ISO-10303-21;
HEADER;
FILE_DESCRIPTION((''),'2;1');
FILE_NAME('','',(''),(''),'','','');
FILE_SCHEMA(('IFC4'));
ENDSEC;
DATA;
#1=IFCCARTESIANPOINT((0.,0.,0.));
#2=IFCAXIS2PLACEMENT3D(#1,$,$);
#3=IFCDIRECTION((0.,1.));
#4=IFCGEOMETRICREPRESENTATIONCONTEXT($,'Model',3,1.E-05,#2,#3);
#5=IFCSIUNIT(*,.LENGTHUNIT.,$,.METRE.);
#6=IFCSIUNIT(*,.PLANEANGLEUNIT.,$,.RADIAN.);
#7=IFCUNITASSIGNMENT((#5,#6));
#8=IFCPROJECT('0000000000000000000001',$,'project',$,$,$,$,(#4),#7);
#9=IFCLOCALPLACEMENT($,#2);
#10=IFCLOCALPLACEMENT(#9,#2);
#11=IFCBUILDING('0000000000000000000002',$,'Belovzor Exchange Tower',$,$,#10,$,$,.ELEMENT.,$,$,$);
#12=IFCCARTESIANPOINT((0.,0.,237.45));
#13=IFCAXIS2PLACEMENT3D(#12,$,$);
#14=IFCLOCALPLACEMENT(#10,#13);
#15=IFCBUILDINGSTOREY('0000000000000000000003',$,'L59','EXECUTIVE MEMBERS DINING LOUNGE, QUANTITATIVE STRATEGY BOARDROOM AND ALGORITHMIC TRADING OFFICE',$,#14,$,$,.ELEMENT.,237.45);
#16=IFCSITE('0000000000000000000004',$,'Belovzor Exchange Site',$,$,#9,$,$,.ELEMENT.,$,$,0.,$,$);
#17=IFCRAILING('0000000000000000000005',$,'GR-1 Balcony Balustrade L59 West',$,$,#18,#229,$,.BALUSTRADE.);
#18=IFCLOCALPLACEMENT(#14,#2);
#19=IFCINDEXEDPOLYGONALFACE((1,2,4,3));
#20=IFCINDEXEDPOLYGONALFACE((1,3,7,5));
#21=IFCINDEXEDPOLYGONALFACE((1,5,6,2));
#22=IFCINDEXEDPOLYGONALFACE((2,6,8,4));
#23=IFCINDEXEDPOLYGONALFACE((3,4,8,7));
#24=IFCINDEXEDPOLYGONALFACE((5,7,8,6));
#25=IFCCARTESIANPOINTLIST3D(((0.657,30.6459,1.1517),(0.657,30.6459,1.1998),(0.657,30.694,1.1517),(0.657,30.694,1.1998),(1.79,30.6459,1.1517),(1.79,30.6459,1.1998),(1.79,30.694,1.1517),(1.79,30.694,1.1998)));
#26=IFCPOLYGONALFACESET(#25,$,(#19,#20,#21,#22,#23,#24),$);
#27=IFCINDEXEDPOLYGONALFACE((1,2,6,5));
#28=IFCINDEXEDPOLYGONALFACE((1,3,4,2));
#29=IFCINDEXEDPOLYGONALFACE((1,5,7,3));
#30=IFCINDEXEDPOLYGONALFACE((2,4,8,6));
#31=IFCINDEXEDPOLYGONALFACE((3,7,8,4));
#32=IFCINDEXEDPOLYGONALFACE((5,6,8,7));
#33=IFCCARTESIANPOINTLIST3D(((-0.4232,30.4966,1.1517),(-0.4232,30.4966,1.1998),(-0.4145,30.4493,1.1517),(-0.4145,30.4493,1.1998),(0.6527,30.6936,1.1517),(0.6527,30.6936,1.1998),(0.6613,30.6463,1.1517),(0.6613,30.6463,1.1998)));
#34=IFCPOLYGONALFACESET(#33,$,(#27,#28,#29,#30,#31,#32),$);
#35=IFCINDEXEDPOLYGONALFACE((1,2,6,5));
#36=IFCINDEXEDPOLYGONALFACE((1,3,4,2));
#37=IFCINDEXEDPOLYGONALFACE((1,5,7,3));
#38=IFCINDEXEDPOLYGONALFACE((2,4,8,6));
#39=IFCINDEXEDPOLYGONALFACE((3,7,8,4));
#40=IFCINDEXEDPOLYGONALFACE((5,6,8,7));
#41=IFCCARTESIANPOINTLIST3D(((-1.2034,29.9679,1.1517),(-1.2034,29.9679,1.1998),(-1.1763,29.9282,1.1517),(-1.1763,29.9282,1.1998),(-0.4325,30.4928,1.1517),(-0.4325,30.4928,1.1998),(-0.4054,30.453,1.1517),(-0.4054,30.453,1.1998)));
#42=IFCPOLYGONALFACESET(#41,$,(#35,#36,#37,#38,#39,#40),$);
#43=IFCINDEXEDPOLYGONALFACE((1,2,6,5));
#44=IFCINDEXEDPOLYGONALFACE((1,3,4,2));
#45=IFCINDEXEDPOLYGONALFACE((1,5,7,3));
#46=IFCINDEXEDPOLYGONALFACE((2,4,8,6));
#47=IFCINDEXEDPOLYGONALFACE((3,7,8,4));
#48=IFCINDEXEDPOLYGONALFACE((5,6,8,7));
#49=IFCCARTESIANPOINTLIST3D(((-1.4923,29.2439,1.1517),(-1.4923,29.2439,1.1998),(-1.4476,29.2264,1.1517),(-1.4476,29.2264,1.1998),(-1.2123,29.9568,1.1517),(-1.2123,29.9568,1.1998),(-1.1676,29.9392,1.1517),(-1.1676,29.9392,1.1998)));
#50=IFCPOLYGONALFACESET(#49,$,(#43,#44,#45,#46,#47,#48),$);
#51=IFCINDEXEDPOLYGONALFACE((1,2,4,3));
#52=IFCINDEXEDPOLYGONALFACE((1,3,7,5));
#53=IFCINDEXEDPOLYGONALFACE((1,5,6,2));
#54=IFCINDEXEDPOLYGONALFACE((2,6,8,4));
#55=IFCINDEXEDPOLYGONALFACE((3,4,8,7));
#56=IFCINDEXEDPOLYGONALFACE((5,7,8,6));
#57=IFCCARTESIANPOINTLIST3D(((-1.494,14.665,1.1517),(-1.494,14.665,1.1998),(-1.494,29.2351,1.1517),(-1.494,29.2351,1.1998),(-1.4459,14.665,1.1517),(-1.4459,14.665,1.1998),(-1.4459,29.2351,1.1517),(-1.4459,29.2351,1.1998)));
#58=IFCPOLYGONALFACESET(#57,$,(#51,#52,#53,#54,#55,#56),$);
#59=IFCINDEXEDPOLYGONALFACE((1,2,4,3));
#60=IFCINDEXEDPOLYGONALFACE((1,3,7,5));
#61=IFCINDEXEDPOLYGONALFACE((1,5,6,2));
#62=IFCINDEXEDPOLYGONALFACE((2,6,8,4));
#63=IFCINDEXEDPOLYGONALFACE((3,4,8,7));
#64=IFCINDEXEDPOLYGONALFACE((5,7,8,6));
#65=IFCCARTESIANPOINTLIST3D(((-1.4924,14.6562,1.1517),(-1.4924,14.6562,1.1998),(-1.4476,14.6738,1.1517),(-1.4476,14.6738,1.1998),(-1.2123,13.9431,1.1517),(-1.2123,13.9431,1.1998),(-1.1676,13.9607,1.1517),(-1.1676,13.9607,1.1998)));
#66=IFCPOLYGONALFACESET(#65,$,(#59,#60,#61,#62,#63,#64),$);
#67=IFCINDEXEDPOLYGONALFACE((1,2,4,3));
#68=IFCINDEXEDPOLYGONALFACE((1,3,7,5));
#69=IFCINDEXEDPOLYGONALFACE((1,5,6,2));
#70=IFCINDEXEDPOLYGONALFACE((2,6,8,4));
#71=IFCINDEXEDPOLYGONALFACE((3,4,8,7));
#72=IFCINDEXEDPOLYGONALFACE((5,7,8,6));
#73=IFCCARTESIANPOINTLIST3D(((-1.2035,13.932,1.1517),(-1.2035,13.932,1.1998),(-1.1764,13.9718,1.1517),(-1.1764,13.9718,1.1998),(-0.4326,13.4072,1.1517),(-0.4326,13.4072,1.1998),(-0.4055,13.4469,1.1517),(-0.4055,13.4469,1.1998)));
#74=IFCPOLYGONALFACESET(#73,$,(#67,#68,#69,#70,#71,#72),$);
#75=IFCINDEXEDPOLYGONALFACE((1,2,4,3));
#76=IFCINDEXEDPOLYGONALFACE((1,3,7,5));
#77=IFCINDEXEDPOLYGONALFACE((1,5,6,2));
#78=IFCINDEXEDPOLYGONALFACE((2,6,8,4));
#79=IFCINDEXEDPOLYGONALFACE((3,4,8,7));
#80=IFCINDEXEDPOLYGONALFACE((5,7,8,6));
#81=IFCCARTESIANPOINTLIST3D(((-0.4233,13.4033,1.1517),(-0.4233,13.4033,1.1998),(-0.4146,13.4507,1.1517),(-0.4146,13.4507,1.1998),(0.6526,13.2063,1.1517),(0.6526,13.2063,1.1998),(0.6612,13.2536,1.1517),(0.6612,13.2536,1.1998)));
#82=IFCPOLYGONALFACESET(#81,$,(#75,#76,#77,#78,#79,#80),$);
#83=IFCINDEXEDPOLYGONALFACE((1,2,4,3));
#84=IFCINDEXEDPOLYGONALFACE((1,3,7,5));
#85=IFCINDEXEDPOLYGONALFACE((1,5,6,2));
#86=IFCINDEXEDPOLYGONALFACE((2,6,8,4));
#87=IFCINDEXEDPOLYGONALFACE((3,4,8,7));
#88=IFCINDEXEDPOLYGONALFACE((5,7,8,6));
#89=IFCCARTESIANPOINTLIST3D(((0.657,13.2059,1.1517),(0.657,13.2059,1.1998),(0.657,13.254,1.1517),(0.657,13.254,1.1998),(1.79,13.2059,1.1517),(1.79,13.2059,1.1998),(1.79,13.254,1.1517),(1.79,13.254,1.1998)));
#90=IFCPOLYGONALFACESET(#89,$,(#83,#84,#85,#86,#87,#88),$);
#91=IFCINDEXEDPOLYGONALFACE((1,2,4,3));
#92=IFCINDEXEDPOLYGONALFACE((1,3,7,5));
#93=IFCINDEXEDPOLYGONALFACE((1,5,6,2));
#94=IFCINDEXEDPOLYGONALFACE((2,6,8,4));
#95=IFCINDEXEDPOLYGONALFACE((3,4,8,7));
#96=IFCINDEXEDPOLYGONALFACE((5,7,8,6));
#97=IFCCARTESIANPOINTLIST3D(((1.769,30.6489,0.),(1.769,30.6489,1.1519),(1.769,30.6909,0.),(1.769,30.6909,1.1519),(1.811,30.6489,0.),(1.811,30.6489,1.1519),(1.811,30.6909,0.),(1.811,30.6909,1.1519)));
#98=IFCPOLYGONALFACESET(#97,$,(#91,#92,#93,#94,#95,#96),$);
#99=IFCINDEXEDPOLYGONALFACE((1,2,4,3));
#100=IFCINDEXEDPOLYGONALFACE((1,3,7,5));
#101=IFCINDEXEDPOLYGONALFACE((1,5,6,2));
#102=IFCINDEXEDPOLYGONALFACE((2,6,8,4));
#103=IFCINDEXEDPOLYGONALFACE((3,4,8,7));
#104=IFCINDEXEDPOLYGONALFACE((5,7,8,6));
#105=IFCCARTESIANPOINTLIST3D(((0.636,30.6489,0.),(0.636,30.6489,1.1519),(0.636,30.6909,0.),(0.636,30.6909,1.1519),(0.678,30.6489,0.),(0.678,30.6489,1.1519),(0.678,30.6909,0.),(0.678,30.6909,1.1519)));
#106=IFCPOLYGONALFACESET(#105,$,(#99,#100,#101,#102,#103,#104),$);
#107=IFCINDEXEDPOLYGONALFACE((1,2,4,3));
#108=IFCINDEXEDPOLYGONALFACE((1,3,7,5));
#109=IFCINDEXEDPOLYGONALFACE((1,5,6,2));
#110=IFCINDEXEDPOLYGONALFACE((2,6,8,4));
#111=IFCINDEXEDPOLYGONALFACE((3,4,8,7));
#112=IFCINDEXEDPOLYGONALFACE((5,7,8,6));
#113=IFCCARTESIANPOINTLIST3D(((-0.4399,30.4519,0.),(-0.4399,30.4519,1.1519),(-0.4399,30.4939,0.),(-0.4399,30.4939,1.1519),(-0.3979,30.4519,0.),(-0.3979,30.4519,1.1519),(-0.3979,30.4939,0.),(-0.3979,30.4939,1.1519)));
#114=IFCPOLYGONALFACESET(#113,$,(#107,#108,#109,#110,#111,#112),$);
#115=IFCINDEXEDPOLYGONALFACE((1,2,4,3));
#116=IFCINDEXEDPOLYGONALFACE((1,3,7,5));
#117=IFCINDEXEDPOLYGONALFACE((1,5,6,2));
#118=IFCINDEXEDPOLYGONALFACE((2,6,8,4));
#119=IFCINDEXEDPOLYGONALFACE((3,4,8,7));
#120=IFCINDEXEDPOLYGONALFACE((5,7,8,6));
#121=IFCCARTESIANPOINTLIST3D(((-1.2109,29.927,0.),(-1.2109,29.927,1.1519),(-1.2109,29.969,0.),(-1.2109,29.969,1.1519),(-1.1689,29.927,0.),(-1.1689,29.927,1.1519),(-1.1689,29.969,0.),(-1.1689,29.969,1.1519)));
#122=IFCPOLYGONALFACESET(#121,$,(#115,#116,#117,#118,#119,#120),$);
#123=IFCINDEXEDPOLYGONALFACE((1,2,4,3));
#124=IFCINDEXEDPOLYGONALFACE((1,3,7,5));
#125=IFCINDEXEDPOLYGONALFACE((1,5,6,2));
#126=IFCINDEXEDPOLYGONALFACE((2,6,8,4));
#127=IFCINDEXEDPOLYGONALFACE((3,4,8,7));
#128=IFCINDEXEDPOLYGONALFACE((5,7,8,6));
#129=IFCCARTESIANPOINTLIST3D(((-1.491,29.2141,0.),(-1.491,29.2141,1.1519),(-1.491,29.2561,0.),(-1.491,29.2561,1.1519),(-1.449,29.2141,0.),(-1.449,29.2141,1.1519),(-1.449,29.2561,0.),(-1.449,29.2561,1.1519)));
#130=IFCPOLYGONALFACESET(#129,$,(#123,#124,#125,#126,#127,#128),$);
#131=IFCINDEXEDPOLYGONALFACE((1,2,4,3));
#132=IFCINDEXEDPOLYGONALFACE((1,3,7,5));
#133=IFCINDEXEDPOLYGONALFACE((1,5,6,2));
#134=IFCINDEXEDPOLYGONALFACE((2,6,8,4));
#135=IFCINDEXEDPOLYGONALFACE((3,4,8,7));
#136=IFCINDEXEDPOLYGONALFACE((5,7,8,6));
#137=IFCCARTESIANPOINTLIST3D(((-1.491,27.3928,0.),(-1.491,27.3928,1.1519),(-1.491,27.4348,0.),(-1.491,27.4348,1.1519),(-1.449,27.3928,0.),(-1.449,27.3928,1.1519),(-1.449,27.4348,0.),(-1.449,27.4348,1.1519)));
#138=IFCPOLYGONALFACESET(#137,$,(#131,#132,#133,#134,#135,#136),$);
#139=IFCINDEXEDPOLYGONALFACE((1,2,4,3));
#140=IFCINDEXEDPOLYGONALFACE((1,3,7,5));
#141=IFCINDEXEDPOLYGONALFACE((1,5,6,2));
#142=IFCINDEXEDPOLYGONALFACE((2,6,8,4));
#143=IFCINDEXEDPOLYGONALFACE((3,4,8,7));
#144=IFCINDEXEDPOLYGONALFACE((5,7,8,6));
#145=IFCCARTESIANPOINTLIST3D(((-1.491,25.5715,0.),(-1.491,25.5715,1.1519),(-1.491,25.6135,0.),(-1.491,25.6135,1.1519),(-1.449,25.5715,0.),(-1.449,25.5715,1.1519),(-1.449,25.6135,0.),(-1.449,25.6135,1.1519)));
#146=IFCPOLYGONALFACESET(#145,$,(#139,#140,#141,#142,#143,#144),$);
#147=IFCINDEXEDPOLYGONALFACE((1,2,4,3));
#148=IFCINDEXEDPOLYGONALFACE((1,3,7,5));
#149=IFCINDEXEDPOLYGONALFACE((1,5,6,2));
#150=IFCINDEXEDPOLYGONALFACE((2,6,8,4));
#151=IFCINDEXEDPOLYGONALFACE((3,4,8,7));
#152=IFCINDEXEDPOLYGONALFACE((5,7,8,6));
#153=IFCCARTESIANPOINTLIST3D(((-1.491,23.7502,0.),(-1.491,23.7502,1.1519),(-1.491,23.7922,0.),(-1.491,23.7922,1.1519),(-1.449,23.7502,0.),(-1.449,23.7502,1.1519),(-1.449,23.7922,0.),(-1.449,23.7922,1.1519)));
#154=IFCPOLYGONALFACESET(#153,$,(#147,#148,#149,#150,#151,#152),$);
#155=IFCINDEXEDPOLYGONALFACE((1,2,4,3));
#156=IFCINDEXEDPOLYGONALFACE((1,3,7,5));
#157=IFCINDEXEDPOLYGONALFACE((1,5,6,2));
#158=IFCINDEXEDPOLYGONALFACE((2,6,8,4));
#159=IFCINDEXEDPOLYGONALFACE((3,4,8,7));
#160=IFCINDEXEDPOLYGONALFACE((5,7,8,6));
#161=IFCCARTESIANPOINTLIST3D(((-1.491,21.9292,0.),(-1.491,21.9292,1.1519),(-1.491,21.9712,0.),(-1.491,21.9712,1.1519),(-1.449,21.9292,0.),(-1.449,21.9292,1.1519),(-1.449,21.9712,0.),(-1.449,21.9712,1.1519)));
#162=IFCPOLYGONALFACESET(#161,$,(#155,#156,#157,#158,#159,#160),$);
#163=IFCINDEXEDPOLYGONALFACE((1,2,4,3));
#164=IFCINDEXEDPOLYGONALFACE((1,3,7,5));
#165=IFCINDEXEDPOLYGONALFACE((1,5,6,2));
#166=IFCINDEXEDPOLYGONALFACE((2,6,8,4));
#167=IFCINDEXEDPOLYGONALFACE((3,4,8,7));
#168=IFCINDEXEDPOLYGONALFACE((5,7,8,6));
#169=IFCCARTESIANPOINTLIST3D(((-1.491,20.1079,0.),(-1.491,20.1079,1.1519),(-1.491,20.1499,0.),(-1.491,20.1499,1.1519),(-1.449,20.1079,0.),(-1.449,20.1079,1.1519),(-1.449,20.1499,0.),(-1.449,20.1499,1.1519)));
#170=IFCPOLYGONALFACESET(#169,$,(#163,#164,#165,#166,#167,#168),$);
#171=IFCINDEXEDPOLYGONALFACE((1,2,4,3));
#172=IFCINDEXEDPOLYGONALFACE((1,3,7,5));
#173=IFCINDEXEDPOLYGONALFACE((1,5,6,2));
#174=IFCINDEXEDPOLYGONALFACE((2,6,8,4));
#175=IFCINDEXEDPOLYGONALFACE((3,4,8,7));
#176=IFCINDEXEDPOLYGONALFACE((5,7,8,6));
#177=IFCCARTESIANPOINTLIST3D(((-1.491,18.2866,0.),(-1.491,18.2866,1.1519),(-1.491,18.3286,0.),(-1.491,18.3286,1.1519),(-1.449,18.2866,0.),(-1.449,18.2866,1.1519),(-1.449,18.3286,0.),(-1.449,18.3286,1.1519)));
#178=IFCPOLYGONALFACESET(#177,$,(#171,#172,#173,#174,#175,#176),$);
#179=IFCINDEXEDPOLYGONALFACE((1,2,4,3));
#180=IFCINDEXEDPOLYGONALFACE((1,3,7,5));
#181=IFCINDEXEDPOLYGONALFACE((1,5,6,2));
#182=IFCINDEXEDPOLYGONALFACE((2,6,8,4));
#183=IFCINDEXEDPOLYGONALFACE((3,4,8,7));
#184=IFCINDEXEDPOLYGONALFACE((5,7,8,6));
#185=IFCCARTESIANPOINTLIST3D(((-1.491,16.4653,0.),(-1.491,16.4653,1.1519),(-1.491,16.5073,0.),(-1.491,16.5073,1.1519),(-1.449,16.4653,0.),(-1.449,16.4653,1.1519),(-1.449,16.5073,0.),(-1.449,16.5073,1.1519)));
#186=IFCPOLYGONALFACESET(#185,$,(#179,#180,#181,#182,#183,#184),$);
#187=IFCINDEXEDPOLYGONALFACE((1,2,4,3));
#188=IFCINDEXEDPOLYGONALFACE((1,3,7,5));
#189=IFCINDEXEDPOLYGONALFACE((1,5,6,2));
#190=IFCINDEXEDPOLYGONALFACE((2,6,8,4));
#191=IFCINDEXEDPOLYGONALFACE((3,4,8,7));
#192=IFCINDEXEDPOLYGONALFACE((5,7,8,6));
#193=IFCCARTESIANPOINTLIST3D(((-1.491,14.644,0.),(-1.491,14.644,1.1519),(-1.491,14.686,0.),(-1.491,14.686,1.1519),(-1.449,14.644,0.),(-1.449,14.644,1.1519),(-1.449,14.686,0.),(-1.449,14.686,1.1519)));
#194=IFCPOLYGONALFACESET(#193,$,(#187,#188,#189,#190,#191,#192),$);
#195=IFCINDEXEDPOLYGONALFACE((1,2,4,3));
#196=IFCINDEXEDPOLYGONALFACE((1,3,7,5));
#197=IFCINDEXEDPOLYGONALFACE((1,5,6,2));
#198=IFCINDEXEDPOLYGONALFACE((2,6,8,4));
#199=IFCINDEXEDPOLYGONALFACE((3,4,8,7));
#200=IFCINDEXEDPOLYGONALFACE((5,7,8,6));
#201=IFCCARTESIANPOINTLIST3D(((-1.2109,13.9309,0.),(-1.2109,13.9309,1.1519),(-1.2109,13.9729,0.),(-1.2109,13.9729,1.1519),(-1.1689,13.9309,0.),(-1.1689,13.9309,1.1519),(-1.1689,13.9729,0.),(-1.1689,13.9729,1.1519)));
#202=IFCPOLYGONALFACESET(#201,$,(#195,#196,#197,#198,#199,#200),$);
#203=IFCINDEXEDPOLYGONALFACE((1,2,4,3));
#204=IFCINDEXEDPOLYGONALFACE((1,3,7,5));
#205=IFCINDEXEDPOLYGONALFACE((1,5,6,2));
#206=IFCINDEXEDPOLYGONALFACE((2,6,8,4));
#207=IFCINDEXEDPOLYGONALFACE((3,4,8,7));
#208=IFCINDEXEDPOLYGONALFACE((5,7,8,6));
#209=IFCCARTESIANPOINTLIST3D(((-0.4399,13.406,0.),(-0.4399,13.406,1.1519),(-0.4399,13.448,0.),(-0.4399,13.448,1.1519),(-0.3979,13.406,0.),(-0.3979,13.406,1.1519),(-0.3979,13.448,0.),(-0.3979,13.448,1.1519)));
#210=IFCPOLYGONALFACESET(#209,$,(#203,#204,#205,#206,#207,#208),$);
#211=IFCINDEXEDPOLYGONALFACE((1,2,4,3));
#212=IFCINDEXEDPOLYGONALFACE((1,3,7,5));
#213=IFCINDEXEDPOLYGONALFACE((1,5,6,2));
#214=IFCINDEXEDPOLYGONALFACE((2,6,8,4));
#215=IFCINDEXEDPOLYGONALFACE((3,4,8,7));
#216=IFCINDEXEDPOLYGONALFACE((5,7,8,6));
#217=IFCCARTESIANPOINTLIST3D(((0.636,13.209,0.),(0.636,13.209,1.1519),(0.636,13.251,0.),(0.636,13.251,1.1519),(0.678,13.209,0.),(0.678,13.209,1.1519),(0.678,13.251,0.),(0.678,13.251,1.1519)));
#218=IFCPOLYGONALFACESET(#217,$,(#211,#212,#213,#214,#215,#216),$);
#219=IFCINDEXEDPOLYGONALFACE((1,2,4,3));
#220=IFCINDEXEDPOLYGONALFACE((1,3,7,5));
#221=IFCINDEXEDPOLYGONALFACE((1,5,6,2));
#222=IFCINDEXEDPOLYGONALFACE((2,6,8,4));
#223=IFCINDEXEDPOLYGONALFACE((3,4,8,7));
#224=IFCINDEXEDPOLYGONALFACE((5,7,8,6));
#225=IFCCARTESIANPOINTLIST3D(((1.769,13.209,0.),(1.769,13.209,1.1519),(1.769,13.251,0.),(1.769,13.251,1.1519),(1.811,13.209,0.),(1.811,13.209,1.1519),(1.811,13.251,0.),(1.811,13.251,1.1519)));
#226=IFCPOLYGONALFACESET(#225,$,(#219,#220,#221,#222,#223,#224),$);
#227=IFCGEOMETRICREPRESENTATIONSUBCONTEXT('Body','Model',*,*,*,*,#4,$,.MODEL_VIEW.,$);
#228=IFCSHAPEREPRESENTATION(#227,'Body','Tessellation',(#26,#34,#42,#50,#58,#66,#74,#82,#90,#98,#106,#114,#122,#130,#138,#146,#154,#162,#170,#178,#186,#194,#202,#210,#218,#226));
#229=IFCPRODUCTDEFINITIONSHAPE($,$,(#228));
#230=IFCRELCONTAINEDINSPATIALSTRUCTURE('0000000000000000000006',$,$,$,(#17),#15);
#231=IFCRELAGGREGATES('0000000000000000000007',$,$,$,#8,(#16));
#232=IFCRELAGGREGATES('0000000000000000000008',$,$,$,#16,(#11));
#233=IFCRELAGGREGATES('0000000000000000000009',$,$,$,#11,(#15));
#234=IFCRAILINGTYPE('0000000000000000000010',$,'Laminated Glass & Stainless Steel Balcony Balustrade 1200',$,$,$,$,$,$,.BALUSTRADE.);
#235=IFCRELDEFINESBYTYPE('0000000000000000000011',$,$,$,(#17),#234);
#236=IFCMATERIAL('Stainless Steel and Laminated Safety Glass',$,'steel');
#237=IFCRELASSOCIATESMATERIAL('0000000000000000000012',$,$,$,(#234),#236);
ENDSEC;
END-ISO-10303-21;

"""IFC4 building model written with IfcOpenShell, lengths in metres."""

from ifc_helpers import new_model, si_unit, direction, frame, origin, origin_2d, place, context, subcontext, project, spatial, rectangle, extrude, material, type_object, element, save


model = new_model("IFC4")

# Units and contexts
model_context = context("Model", 3, precision=1e-05, world=origin(), true_north=direction((0.0, 1.0)))
body_context = subcontext(model_context, "Body", "Model", "MODEL_VIEW")
ifc_project = project(units=[si_unit("LENGTHUNIT", "METRE"), si_unit("PLANEANGLEUNIT", "RADIAN")], contexts=[model_context])

# Site, building, storey
site_placement = place(None, origin())
site = spatial("IfcSite", under=ifc_project, at=site_placement, Name="Belovzor Exchange Site", CompositionType="ELEMENT", RefElevation=0.0)
building_placement = place(site_placement, origin())
building = spatial("IfcBuilding", under=site, at=building_placement, Name="Belovzor Exchange Tower", CompositionType="ELEMENT")
storey_placement = place(building_placement, frame((0.0, 0.0, 237.45)))
storey = spatial("IfcBuildingStorey", under=building, at=storey_placement, Name="L59", Description="EXECUTIVE MEMBERS DINING LOUNGE, QUANTITATIVE STRATEGY BOARDROOM AND ALGORITHMIC TRADING OFFICE", CompositionType="ELEMENT", Elevation=237.45)

# Railing
ifc_material_1 = material(Name="Stainless Steel and Laminated Safety Glass", Category="steel")
railing_type_1 = type_object("IfcRailingType", Name="Laminated Glass & Stainless Steel Balcony Balustrade 1200", PredefinedType="BALUSTRADE", material=ifc_material_1)
railing_1_placement = place(storey_placement, frame((1.79, 30.6699, 0.0)))
element("IfcRailing", 1, at=railing_1_placement, inside=storey, type_object=railing_type_1, Name="GR-1 Balcony Balustrade L59 West", PredefinedType="BALUSTRADE", context=body_context, shape_type="SweptSolid", body=[
    extrude(rectangle(XDim=0.0481, YDim=0.0481, at=origin_2d()), frame((0.0, 0.0, 1.1758), z_axis=(-1.0, 0.0, 0.0), x_axis=(0.0, -1.0, 0.0)), (0.0, 0.0, 1.0), 1.1331),
    extrude(rectangle(XDim=0.0481, YDim=0.0481, at=origin_2d()), frame((-1.1331, 0.0, 1.1758), z_axis=(-0.983644, -0.180123, 0.0), x_axis=(0.180123, -0.983644, 0.0)), (0.0, 0.0, 1.0), 1.0938),
    extrude(rectangle(XDim=0.0481, YDim=0.0481, at=origin_2d()), frame((-2.209, -0.197, 1.1758), z_axis=(-0.826615, -0.562768, 0.0), x_axis=(0.562768, -0.826615, 0.0)), (0.0, 0.0, 1.0), 0.9326),
    extrude(rectangle(XDim=0.0481, YDim=0.0481, at=origin_2d()), frame((-2.98, -0.7219, 1.1758), z_axis=(-0.365613, -0.930767, 0.0), x_axis=(0.930767, -0.365613, 0.0)), (0.0, 0.0, 1.0), 0.7659),
    extrude(rectangle(XDim=0.0481, YDim=0.0481, at=origin_2d()), frame((-3.26, -1.4348, 1.1758), z_axis=(0.0, -1.0, 0.0), x_axis=(1.0, 0.0, 0.0)), (0.0, 0.0, 1.0), 14.5701),
    extrude(rectangle(XDim=0.0481, YDim=0.0481, at=origin_2d()), frame((-3.26, -16.0049, 1.1758), z_axis=(0.365504, -0.93081, 0.0), x_axis=(0.93081, 0.365504, 0.0)), (0.0, 0.0, 1.0), 0.7661),
    extrude(rectangle(XDim=0.0481, YDim=0.0481, at=origin_2d()), frame((-2.98, -16.718, 1.1758), z_axis=(0.826615, -0.562768, 0.0), x_axis=(0.562768, 0.826615, 0.0)), (0.0, 0.0, 1.0), 0.9326),
    extrude(rectangle(XDim=0.0481, YDim=0.0481, at=origin_2d()), frame((-2.209, -17.2429, 1.1758), z_axis=(0.983644, -0.180123, 0.0), x_axis=(0.180123, 0.983644, 0.0)), (0.0, 0.0, 1.0), 1.0938),
    extrude(rectangle(XDim=0.0481, YDim=0.0481, at=origin_2d()), frame((-1.1331, -17.4399, 1.1758), z_axis=(1.0, 0.0, 0.0), x_axis=(0.0, 1.0, 0.0)), (0.0, 0.0, 1.0), 1.1331),
    extrude(rectangle(XDim=0.042, YDim=0.042, at=origin_2d()), origin(), (0.0, 0.0, 1.0), 1.1519),
    extrude(rectangle(XDim=0.042, YDim=0.042, at=origin_2d()), frame((-1.1331, 0.0, 0.0)), (0.0, 0.0, 1.0), 1.1519),
    extrude(rectangle(XDim=0.042, YDim=0.042, at=origin_2d()), frame((-2.209, -0.197, 0.0)), (0.0, 0.0, 1.0), 1.1519),
    extrude(rectangle(XDim=0.042, YDim=0.042, at=origin_2d()), frame((-2.98, -0.7219, 0.0)), (0.0, 0.0, 1.0), 1.1519),
    extrude(rectangle(XDim=0.042, YDim=0.042, at=origin_2d()), frame((-3.26, -1.4348, 0.0)), (0.0, 0.0, 1.0), 1.1519),
    extrude(rectangle(XDim=0.042, YDim=0.042, at=origin_2d()), frame((-3.26, -3.2561, 0.0)), (0.0, 0.0, 1.0), 1.1519),
    extrude(rectangle(XDim=0.042, YDim=0.042, at=origin_2d()), frame((-3.26, -5.0774, 0.0)), (0.0, 0.0, 1.0), 1.1519),
    extrude(rectangle(XDim=0.042, YDim=0.042, at=origin_2d()), frame((-3.26, -6.8987, 0.0)), (0.0, 0.0, 1.0), 1.1519),
    extrude(rectangle(XDim=0.042, YDim=0.042, at=origin_2d()), frame((-3.26, -8.7197, 0.0)), (0.0, 0.0, 1.0), 1.1519),
    extrude(rectangle(XDim=0.042, YDim=0.042, at=origin_2d()), frame((-3.26, -10.541, 0.0)), (0.0, 0.0, 1.0), 1.1519),
    extrude(rectangle(XDim=0.042, YDim=0.042, at=origin_2d()), frame((-3.26, -12.3623, 0.0)), (0.0, 0.0, 1.0), 1.1519),
    extrude(rectangle(XDim=0.042, YDim=0.042, at=origin_2d()), frame((-3.26, -14.1836, 0.0)), (0.0, 0.0, 1.0), 1.1519),
    extrude(rectangle(XDim=0.042, YDim=0.042, at=origin_2d()), frame((-3.26, -16.0049, 0.0)), (0.0, 0.0, 1.0), 1.1519),
    extrude(rectangle(XDim=0.042, YDim=0.042, at=origin_2d()), frame((-2.98, -16.718, 0.0)), (0.0, 0.0, 1.0), 1.1519),
    extrude(rectangle(XDim=0.042, YDim=0.042, at=origin_2d()), frame((-2.209, -17.2429, 0.0)), (0.0, 0.0, 1.0), 1.1519),
    extrude(rectangle(XDim=0.042, YDim=0.042, at=origin_2d()), frame((-1.1331, -17.4399, 0.0)), (0.0, 0.0, 1.0), 1.1519),
    extrude(rectangle(XDim=0.042, YDim=0.042, at=origin_2d()), frame((0.0, -17.4399, 0.0)), (0.0, 0.0, 1.0), 1.1519),
])

save(model, "model.ifc")
